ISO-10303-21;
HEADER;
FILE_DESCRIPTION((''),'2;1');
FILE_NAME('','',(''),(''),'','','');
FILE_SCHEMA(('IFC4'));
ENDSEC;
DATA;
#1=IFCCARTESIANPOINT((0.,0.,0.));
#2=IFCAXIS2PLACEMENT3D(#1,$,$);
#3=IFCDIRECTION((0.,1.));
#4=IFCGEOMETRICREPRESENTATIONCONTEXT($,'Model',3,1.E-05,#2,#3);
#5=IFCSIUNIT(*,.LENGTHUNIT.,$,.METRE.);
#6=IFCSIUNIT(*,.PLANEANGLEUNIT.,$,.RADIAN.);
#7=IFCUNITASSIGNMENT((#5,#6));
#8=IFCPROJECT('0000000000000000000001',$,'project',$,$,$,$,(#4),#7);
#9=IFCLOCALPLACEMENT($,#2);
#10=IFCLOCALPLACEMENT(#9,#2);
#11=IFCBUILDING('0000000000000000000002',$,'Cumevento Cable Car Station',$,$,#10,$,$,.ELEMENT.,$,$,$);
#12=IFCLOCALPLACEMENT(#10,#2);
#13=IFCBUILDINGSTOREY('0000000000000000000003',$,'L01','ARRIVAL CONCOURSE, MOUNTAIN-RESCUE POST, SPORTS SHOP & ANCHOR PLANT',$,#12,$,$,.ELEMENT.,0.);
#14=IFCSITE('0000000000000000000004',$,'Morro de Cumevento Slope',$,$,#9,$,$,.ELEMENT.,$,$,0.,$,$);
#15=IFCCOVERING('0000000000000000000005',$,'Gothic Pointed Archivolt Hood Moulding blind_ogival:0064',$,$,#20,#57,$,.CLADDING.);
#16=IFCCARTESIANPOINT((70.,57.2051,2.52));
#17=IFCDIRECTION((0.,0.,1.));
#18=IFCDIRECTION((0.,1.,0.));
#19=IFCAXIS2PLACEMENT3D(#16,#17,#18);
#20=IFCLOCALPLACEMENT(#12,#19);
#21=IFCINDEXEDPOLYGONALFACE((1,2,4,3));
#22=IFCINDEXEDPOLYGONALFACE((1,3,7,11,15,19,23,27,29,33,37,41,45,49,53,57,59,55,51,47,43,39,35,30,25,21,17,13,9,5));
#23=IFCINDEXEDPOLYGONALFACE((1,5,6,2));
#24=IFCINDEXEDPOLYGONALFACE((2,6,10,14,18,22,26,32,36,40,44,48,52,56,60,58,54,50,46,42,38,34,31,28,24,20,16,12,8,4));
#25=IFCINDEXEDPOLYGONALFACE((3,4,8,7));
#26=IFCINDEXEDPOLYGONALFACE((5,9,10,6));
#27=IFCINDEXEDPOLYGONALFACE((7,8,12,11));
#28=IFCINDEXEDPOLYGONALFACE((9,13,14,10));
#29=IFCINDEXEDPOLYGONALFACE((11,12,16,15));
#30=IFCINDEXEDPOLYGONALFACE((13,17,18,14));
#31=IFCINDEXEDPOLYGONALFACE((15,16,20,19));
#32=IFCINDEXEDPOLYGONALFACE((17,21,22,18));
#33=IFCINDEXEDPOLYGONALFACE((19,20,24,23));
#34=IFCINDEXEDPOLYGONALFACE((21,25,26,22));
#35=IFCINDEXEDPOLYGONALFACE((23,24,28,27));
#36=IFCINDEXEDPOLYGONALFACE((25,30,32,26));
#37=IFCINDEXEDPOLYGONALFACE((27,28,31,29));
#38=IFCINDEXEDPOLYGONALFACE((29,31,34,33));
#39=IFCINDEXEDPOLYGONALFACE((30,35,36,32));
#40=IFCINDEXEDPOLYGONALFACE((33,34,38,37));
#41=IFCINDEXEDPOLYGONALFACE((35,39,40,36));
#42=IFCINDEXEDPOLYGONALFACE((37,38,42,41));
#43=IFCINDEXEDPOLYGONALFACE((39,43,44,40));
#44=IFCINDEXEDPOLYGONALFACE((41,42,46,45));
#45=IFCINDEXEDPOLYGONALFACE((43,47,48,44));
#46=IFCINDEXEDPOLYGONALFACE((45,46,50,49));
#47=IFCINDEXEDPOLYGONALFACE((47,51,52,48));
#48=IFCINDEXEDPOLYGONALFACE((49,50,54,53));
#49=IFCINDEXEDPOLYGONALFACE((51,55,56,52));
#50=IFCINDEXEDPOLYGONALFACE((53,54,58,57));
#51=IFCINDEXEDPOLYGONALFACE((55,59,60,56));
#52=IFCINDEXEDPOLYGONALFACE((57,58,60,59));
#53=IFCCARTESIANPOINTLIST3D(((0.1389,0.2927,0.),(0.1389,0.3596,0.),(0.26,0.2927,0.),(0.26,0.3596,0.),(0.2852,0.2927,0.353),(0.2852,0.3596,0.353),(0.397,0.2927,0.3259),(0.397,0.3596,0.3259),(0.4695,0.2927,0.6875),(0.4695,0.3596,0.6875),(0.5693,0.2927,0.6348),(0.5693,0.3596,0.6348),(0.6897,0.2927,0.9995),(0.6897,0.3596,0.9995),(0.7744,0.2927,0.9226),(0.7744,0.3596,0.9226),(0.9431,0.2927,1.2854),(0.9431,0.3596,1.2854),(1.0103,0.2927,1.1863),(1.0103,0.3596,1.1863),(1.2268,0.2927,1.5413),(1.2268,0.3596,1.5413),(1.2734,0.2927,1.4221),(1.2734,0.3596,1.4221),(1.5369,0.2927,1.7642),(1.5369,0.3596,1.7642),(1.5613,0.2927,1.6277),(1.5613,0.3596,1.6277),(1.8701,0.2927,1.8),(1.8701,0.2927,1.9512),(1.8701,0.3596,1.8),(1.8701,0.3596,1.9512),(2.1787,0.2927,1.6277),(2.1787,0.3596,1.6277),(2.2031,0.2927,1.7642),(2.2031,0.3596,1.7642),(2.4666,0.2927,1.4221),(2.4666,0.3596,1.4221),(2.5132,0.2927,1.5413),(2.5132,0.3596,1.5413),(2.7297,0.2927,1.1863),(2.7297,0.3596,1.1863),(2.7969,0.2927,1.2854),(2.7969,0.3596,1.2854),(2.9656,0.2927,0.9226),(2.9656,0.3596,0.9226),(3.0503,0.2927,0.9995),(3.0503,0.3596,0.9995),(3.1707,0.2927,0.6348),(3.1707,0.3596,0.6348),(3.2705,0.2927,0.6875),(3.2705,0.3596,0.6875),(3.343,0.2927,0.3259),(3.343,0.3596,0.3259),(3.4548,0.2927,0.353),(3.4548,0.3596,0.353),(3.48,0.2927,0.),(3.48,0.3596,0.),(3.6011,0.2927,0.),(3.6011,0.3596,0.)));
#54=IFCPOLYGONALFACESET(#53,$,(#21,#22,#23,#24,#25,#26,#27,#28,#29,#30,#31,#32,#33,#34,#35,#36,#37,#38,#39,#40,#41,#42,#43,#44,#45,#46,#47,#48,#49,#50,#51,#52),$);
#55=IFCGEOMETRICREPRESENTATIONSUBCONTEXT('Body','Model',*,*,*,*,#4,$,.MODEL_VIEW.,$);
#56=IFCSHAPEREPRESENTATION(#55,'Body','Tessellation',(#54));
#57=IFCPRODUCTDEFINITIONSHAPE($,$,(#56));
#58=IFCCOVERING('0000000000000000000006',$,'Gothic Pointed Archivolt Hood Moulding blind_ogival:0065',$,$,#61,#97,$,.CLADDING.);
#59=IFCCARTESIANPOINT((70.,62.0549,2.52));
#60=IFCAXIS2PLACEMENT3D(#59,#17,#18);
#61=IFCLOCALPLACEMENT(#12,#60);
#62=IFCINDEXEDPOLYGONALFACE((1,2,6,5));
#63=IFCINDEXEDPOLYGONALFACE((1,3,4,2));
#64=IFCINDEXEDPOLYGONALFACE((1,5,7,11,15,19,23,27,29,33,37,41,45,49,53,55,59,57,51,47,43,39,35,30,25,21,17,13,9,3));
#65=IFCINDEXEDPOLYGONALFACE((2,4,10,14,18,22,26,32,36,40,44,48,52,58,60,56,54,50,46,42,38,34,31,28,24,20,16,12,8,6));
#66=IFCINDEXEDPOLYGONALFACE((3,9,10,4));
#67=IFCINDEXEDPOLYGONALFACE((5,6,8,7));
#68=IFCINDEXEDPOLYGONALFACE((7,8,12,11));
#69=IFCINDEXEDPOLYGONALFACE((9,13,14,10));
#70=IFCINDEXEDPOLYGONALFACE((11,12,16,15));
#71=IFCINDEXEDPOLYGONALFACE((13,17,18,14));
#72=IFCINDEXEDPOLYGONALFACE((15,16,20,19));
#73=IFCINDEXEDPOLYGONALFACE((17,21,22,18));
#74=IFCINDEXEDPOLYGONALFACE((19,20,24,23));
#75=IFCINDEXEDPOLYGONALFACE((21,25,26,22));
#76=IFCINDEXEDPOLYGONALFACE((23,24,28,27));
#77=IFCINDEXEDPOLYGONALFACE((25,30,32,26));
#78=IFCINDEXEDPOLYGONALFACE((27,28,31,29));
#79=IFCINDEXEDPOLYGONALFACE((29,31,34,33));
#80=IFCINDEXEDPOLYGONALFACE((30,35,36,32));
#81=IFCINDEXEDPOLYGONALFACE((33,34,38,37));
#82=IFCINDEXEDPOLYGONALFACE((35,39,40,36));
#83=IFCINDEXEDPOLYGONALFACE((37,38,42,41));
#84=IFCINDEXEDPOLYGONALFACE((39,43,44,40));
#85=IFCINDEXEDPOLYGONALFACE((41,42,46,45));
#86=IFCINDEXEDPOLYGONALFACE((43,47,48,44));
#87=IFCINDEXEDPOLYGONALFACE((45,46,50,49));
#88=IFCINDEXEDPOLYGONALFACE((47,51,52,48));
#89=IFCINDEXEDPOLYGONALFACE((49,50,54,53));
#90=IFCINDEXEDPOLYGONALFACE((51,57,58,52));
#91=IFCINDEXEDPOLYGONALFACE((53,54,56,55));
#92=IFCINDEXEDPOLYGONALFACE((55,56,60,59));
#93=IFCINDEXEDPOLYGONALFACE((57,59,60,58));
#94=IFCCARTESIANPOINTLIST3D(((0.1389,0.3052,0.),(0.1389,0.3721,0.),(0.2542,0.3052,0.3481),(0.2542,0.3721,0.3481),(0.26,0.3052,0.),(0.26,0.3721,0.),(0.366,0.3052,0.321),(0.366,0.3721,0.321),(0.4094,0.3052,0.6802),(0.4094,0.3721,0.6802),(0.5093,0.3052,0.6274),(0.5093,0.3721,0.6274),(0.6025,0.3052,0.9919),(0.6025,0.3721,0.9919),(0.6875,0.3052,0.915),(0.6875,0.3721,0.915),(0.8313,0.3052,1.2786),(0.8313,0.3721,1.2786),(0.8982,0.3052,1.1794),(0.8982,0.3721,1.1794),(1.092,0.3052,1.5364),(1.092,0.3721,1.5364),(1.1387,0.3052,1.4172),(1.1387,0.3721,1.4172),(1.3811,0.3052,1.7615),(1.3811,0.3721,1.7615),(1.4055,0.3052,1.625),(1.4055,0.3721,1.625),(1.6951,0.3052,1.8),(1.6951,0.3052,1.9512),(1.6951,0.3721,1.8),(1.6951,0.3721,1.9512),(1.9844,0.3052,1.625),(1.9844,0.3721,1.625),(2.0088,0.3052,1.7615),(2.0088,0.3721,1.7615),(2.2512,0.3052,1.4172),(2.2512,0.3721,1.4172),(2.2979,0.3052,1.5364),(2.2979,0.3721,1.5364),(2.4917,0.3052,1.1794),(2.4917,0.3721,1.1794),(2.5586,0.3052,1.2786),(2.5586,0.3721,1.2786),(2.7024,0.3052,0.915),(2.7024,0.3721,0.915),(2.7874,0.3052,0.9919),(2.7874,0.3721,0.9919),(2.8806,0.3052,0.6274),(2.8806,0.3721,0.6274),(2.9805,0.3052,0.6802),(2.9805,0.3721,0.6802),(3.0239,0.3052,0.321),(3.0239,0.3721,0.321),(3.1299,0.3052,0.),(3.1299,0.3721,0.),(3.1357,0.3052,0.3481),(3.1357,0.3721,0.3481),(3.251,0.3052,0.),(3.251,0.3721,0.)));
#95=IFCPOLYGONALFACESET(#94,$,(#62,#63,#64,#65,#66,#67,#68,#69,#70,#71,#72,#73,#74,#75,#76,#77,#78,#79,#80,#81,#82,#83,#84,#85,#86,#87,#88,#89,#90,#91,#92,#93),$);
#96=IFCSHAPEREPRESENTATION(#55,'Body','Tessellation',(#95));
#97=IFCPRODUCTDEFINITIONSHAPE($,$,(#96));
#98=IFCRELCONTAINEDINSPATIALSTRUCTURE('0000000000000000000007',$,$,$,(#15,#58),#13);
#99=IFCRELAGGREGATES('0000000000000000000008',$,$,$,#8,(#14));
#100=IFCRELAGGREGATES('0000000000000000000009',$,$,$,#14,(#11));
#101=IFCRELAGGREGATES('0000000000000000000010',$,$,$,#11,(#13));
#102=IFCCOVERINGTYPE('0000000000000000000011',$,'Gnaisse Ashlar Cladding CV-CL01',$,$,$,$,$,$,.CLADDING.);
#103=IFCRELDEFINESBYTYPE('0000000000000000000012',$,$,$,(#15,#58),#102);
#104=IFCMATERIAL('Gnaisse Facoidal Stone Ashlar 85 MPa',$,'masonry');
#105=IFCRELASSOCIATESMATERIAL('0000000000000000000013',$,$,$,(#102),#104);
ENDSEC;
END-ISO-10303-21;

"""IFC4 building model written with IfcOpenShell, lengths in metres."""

from ifc_helpers import new_model, si_unit, direction, frame, origin, place, context, subcontext, project, spatial, polyline, outline, extrude, material, type_object, element, save


model = new_model("IFC4")

# Units and contexts
model_context = context("Model", 3, precision=1e-05, world=origin(), true_north=direction((0.0, 1.0)))
body_context = subcontext(model_context, "Body", "Model", "MODEL_VIEW")
ifc_project = project(units=[si_unit("LENGTHUNIT", "METRE"), si_unit("PLANEANGLEUNIT", "RADIAN")], contexts=[model_context])

# Site, building, storey
site_placement = place(None, origin())
site = spatial("IfcSite", under=ifc_project, at=site_placement, Name="Morro de Cumevento Slope", CompositionType="ELEMENT", RefElevation=0.0)
building_placement = place(site_placement, origin())
building = spatial("IfcBuilding", under=site, at=building_placement, Name="Cumevento Cable Car Station", CompositionType="ELEMENT")
storey_placement = place(building_placement, origin())
storey = spatial("IfcBuildingStorey", under=building, at=storey_placement, Name="L01", Description="ARRIVAL CONCOURSE, MOUNTAIN-RESCUE POST, SPORTS SHOP & ANCHOR PLANT", CompositionType="ELEMENT", Elevation=0.0)

# Coverings
ifc_material_1 = material(Name="Gnaisse Facoidal Stone Ashlar 85 MPa", Category="masonry")
covering_type = type_object("IfcCoveringType", Name="Gnaisse Ashlar Cladding CV-CL01", PredefinedType="CLADDING", material=ifc_material_1)
covering_1_placement = place(storey_placement, frame((70.0, 57.2051, 2.52), z_axis=(0.0, 0.0, 1.0), x_axis=(0.0, 1.0, 0.0)))
element("IfcCovering", 1, at=covering_1_placement, inside=storey, type_object=covering_type, Name="Gothic Pointed Archivolt Hood Moulding blind_ogival:0064", PredefinedType="CLADDING", context=body_context, shape_type="SweptSolid", body=[
    extrude(outline(polyline([(0.26, 0.0), (0.397, 0.3259), (0.5693, 0.6348), (0.7744, 0.9226), (1.0103, 1.1863), (1.2734, 1.4221), (1.5613, 1.6277), (1.8701, 1.8), (2.1787, 1.6277), (2.4666, 1.4221), (2.7297, 1.1863), (2.9656, 0.9226), (3.1707, 0.6348), (3.343, 0.3259), (3.48, 0.0), (3.6011, 0.0), (3.4548, 0.353), (3.2705, 0.6875), (3.0503, 0.9995), (2.7969, 1.2854), (2.5132, 1.5413), (2.2031, 1.7642), (1.8701, 1.9512), (1.5369, 1.7642), (1.2268, 1.5413), (0.9431, 1.2854), (0.6897, 0.9995), (0.4695, 0.6875), (0.2852, 0.353), (0.1389, 0.0), (0.26, 0.0)])), frame((0.0, 0.3596, 0.0), z_axis=(0.0, -1.0, 0.0), x_axis=(1.0, 0.0, 0.0)), (0.0, 0.0, 1.0), 0.0669),
])
covering_2_placement = place(storey_placement, frame((70.0, 62.0549, 2.52), z_axis=(0.0, 0.0, 1.0), x_axis=(0.0, 1.0, 0.0)))
element("IfcCovering", 2, at=covering_2_placement, inside=storey, type_object=covering_type, Name="Gothic Pointed Archivolt Hood Moulding blind_ogival:0065", PredefinedType="CLADDING", context=body_context, shape_type="SweptSolid", body=[
    extrude(outline(polyline([(0.26, 0.0), (0.366, 0.321), (0.5093, 0.6274), (0.6875, 0.915), (0.8982, 1.1794), (1.1387, 1.4172), (1.4055, 1.625), (1.6951, 1.8), (1.9844, 1.625), (2.2512, 1.4172), (2.4917, 1.1794), (2.7024, 0.915), (2.8806, 0.6274), (3.0239, 0.321), (3.1299, 0.0), (3.251, 0.0), (3.1357, 0.3481), (2.9805, 0.6802), (2.7874, 0.9919), (2.5586, 1.2786), (2.2979, 1.5364), (2.0088, 1.7615), (1.6951, 1.9512), (1.3811, 1.7615), (1.092, 1.5364), (0.8313, 1.2786), (0.6025, 0.9919), (0.4094, 0.6802), (0.2542, 0.3481), (0.1389, 0.0), (0.26, 0.0)])), frame((0.0, 0.3721, 0.0), z_axis=(0.0, -1.0, 0.0), x_axis=(1.0, 0.0, 0.0)), (0.0, 0.0, 1.0), 0.0669),
])

save(model, "model.ifc")
